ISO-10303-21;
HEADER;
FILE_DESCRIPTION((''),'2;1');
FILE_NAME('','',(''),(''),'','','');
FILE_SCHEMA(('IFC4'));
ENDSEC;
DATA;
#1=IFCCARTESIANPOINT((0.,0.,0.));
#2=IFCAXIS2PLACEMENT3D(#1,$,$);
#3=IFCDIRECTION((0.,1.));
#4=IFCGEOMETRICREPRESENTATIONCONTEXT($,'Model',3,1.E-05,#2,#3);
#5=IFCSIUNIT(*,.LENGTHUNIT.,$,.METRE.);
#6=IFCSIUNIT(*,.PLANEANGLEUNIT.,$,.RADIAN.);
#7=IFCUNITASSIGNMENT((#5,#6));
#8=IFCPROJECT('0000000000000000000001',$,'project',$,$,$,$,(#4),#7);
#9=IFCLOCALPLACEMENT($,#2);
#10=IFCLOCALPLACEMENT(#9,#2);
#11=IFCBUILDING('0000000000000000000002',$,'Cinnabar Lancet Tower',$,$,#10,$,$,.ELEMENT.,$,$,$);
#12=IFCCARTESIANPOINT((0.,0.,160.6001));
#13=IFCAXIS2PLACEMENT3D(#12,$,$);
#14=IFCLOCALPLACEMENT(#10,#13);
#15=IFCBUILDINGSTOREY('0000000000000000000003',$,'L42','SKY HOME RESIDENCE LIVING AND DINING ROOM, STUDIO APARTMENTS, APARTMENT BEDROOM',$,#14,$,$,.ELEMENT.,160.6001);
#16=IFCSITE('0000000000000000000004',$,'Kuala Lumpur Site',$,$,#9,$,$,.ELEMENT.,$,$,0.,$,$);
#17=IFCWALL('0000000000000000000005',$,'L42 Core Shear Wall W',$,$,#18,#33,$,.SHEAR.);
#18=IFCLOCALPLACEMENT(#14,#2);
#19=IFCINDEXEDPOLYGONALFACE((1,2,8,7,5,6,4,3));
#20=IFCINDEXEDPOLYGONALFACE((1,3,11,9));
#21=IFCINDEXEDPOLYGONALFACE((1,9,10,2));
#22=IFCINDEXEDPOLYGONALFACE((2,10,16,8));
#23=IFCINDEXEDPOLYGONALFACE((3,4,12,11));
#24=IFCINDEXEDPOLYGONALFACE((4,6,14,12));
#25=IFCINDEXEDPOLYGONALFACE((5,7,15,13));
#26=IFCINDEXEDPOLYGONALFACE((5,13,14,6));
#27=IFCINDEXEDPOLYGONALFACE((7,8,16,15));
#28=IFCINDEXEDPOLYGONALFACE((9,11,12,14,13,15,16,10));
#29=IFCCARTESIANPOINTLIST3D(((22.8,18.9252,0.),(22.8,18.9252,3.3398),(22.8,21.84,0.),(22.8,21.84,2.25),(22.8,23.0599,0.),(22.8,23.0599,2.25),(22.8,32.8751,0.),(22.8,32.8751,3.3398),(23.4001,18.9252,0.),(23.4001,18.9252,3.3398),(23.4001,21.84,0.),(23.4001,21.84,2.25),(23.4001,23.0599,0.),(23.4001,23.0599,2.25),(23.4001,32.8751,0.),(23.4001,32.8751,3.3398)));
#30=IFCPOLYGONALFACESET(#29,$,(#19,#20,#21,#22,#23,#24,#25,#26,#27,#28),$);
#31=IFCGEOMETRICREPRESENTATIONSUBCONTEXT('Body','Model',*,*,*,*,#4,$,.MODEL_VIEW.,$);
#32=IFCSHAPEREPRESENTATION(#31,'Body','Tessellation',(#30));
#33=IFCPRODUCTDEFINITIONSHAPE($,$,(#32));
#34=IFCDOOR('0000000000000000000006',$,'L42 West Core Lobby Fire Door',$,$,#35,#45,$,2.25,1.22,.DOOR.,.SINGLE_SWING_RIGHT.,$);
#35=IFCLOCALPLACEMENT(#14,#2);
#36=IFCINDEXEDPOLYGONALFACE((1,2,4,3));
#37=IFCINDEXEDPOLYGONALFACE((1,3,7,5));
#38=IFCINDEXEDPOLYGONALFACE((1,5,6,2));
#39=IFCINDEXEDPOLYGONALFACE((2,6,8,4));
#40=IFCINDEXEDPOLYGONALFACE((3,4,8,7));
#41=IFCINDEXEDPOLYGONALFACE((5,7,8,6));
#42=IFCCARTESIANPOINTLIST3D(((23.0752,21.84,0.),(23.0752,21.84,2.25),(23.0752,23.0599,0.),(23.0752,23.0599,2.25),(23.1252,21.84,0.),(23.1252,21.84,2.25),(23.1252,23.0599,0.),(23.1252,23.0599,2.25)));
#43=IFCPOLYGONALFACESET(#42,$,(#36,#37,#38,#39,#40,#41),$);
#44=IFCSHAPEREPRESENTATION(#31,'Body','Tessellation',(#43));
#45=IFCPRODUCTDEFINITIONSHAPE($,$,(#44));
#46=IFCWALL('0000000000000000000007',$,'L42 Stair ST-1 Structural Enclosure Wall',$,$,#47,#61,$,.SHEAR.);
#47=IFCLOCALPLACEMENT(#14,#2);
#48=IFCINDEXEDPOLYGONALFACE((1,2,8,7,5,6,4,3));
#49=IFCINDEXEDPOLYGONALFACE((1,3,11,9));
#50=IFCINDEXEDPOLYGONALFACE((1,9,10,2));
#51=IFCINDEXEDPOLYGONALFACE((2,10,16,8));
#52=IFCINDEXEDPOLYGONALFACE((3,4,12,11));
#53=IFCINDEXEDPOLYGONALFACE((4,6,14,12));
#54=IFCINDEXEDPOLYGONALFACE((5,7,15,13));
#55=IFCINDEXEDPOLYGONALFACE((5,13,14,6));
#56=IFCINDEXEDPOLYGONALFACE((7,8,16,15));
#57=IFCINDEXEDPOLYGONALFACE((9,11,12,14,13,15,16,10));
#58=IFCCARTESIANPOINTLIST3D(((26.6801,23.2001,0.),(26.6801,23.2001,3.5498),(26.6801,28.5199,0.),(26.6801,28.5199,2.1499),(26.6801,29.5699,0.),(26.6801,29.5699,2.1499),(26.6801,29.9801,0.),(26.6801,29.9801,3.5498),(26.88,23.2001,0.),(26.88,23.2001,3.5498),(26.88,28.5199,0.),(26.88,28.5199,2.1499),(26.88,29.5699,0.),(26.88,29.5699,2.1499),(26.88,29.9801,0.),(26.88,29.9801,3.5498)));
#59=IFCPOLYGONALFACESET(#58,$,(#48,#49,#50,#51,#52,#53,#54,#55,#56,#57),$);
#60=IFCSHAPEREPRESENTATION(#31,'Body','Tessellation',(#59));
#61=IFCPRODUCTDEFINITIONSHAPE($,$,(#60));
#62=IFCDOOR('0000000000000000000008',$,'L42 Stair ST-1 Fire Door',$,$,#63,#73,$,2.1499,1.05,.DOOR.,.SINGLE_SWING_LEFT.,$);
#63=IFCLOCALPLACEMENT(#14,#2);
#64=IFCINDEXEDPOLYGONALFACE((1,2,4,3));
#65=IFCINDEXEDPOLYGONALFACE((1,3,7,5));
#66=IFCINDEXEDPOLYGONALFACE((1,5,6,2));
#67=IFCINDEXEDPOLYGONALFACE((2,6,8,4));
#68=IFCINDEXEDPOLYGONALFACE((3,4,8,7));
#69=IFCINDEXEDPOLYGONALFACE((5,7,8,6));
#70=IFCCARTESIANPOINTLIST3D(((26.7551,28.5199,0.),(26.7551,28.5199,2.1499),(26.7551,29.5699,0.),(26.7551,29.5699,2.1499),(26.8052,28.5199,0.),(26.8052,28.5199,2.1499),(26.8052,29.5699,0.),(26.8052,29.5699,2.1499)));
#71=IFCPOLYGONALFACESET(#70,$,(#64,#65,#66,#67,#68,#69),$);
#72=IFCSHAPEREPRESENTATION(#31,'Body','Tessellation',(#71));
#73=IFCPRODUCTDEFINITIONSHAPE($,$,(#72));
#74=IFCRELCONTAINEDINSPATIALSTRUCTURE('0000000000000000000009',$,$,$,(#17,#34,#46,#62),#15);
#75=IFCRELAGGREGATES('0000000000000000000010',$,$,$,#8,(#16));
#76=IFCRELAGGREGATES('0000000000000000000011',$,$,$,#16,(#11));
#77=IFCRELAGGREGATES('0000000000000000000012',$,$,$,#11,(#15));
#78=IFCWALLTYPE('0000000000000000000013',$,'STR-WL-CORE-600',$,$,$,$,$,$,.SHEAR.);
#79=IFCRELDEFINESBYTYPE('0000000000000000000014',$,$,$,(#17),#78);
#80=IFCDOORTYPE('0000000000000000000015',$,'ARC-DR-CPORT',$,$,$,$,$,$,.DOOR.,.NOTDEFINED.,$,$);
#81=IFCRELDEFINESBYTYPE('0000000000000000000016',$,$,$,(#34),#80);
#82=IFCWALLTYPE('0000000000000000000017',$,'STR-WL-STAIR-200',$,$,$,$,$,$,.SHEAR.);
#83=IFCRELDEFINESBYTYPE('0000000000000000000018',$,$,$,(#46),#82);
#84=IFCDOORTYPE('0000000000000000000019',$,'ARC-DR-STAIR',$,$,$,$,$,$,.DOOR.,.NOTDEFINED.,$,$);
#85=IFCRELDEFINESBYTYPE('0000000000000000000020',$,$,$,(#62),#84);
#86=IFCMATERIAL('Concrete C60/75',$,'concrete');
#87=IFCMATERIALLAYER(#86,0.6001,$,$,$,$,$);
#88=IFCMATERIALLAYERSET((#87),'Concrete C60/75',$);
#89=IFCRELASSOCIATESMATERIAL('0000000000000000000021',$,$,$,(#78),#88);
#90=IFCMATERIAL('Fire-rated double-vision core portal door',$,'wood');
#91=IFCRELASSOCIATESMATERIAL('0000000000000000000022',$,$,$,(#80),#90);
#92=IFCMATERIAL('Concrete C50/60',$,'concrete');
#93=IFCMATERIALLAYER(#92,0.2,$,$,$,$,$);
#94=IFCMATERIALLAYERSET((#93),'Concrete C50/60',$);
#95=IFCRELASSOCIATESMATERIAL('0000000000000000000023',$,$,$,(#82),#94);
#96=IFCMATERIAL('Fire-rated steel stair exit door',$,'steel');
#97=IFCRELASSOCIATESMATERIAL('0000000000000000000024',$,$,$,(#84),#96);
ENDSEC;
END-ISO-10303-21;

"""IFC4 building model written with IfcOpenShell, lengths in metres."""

from ifc_helpers import new_model, si_unit, direction, frame, frame_2d, origin, place, context, subcontext, project, spatial, rectangle, extrude, material, layer, layer_set, type_object, element, fill, save


model = new_model("IFC4")

# Units and contexts
model_context = context("Model", 3, precision=1e-05, world=origin(), true_north=direction((0.0, 1.0)))
body_context = subcontext(model_context, "Body", "Model", "MODEL_VIEW")
ifc_project = project(units=[si_unit("LENGTHUNIT", "METRE"), si_unit("PLANEANGLEUNIT", "RADIAN")], contexts=[model_context])

# Site, building, storey
site_placement = place(None, origin())
site = spatial("IfcSite", under=ifc_project, at=site_placement, Name="Kuala Lumpur Site", CompositionType="ELEMENT", RefElevation=0.0)
building_placement = place(site_placement, origin())
building = spatial("IfcBuilding", under=site, at=building_placement, Name="Cinnabar Lancet Tower", CompositionType="ELEMENT")
storey_placement = place(building_placement, frame((0.0, 0.0, 160.6001)))
storey = spatial("IfcBuildingStorey", under=building, at=storey_placement, Name="L42", Description="SKY HOME RESIDENCE LIVING AND DINING ROOM, STUDIO APARTMENTS, APARTMENT BEDROOM", CompositionType="ELEMENT", Elevation=160.6001)

# Shared definitions
ifc_material_1 = material(Name="Concrete C60/75", Category="concrete")
ifc_layer_1 = layer(ifc_material_1, 0.6001)
ifc_layer_set_1 = layer_set([ifc_layer_1], Name="Concrete C60/75")
wall_type_1 = type_object("IfcWallType", Name="STR-WL-CORE-600", PredefinedType="SHEAR", material=ifc_layer_set_1)

# Walls, openings, doors
wall_1_placement = place(storey_placement, frame((23.1001, 18.925, 0.0), z_axis=(0.0, 0.0, 1.0), x_axis=(0.0, 1.0, 0.0)))
wall_1 = element("IfcWall", 1, at=wall_1_placement, inside=storey, type_object=wall_type_1, Name="L42 Core Shear Wall W", PredefinedType="SHEAR", context=body_context, shape_type="SweptSolid", body=[
    extrude(rectangle(XDim=13.95, YDim=0.6001, at=frame_2d((6.9751, 0.0))), origin(), (0.0, 0.0, 1.0), 3.3398),
])
opening_1_placement = place(wall_1_placement, frame((2.915, 0.0, 0.0)))
opening_1 = element("IfcOpeningElement", 2, at=opening_1_placement, cuts=wall_1, PredefinedType="OPENING", context=body_context, shape_type="SweptSolid", body=[
    extrude(rectangle(XDim=1.22, YDim=2.25, at=frame_2d((0.6099, 1.125))), frame((0.0, 0.3101, 0.0), z_axis=(0.0, -1.0, 0.0), x_axis=(1.0, 0.0, 0.0)), (0.0, 0.0, 1.0), 0.6201),
])
ifc_material_2 = material(Name="Fire-rated double-vision core portal door", Category="wood")
door_type_1 = type_object("IfcDoorType", Name="ARC-DR-CPORT", OperationType="NOTDEFINED", PredefinedType="DOOR", material=ifc_material_2)
door_1_placement = place(opening_1_placement, origin())
door_1 = element("IfcDoor", 3, at=door_1_placement, inside=storey, type_object=door_type_1, Name="L42 West Core Lobby Fire Door", OperationType="SINGLE_SWING_RIGHT", OverallHeight=2.25, OverallWidth=1.22, PredefinedType="DOOR", context=body_context, shape_type="SweptSolid", body=[
    extrude(rectangle(XDim=1.22, YDim=2.25, at=frame_2d((0.6099, 1.125))), frame((0.0, 0.0249, 0.0), z_axis=(0.0, -1.0, 0.0), x_axis=(1.0, 0.0, 0.0)), (0.0, 0.0, 1.0), 0.05),
])
fill(opening_1, door_1)
ifc_material_3 = material(Name="Concrete C50/60", Category="concrete")
ifc_layer_2 = layer(ifc_material_3, 0.2)
ifc_layer_set_2 = layer_set([ifc_layer_2], Name="Concrete C50/60")
wall_type_2 = type_object("IfcWallType", Name="STR-WL-STAIR-200", PredefinedType="SHEAR", material=ifc_layer_set_2)
wall_2_placement = place(storey_placement, frame((26.78, 23.2, 0.0), z_axis=(0.0, 0.0, 1.0), x_axis=(0.0, 1.0, 0.0)))
wall_2 = element("IfcWall", 4, at=wall_2_placement, inside=storey, type_object=wall_type_2, Name="L42 Stair ST-1 Structural Enclosure Wall", PredefinedType="SHEAR", context=body_context, shape_type="SweptSolid", body=[
    extrude(rectangle(XDim=6.78, YDim=0.2, at=frame_2d((3.3901, 0.0))), origin(), (0.0, 0.0, 1.0), 3.5498),
])
opening_2_placement = place(wall_2_placement, frame((5.3201, 0.0, 0.0)))
opening_2 = element("IfcOpeningElement", 5, at=opening_2_placement, cuts=wall_2, PredefinedType="OPENING", context=body_context, shape_type="SweptSolid", body=[
    extrude(rectangle(XDim=1.05, YDim=2.1499, at=frame_2d((0.5249, 1.075))), frame((0.0, 0.1099, 0.0), z_axis=(0.0, -1.0, 0.0), x_axis=(1.0, 0.0, 0.0)), (0.0, 0.0, 1.0), 0.22),
])
ifc_material_4 = material(Name="Fire-rated steel stair exit door", Category="steel")
door_type_2 = type_object("IfcDoorType", Name="ARC-DR-STAIR", OperationType="NOTDEFINED", PredefinedType="DOOR", material=ifc_material_4)
door_2_placement = place(opening_2_placement, origin())
door_2 = element("IfcDoor", 6, at=door_2_placement, inside=storey, type_object=door_type_2, Name="L42 Stair ST-1 Fire Door", OperationType="SINGLE_SWING_LEFT", OverallHeight=2.1499, OverallWidth=1.05, PredefinedType="DOOR", context=body_context, shape_type="SweptSolid", body=[
    extrude(rectangle(XDim=1.05, YDim=2.1499, at=frame_2d((0.5249, 1.075))), frame((0.0, 0.0249, 0.0), z_axis=(0.0, -1.0, 0.0), x_axis=(1.0, 0.0, 0.0)), (0.0, 0.0, 1.0), 0.05),
])
fill(opening_2, door_2)

save(model, "model.ifc")
